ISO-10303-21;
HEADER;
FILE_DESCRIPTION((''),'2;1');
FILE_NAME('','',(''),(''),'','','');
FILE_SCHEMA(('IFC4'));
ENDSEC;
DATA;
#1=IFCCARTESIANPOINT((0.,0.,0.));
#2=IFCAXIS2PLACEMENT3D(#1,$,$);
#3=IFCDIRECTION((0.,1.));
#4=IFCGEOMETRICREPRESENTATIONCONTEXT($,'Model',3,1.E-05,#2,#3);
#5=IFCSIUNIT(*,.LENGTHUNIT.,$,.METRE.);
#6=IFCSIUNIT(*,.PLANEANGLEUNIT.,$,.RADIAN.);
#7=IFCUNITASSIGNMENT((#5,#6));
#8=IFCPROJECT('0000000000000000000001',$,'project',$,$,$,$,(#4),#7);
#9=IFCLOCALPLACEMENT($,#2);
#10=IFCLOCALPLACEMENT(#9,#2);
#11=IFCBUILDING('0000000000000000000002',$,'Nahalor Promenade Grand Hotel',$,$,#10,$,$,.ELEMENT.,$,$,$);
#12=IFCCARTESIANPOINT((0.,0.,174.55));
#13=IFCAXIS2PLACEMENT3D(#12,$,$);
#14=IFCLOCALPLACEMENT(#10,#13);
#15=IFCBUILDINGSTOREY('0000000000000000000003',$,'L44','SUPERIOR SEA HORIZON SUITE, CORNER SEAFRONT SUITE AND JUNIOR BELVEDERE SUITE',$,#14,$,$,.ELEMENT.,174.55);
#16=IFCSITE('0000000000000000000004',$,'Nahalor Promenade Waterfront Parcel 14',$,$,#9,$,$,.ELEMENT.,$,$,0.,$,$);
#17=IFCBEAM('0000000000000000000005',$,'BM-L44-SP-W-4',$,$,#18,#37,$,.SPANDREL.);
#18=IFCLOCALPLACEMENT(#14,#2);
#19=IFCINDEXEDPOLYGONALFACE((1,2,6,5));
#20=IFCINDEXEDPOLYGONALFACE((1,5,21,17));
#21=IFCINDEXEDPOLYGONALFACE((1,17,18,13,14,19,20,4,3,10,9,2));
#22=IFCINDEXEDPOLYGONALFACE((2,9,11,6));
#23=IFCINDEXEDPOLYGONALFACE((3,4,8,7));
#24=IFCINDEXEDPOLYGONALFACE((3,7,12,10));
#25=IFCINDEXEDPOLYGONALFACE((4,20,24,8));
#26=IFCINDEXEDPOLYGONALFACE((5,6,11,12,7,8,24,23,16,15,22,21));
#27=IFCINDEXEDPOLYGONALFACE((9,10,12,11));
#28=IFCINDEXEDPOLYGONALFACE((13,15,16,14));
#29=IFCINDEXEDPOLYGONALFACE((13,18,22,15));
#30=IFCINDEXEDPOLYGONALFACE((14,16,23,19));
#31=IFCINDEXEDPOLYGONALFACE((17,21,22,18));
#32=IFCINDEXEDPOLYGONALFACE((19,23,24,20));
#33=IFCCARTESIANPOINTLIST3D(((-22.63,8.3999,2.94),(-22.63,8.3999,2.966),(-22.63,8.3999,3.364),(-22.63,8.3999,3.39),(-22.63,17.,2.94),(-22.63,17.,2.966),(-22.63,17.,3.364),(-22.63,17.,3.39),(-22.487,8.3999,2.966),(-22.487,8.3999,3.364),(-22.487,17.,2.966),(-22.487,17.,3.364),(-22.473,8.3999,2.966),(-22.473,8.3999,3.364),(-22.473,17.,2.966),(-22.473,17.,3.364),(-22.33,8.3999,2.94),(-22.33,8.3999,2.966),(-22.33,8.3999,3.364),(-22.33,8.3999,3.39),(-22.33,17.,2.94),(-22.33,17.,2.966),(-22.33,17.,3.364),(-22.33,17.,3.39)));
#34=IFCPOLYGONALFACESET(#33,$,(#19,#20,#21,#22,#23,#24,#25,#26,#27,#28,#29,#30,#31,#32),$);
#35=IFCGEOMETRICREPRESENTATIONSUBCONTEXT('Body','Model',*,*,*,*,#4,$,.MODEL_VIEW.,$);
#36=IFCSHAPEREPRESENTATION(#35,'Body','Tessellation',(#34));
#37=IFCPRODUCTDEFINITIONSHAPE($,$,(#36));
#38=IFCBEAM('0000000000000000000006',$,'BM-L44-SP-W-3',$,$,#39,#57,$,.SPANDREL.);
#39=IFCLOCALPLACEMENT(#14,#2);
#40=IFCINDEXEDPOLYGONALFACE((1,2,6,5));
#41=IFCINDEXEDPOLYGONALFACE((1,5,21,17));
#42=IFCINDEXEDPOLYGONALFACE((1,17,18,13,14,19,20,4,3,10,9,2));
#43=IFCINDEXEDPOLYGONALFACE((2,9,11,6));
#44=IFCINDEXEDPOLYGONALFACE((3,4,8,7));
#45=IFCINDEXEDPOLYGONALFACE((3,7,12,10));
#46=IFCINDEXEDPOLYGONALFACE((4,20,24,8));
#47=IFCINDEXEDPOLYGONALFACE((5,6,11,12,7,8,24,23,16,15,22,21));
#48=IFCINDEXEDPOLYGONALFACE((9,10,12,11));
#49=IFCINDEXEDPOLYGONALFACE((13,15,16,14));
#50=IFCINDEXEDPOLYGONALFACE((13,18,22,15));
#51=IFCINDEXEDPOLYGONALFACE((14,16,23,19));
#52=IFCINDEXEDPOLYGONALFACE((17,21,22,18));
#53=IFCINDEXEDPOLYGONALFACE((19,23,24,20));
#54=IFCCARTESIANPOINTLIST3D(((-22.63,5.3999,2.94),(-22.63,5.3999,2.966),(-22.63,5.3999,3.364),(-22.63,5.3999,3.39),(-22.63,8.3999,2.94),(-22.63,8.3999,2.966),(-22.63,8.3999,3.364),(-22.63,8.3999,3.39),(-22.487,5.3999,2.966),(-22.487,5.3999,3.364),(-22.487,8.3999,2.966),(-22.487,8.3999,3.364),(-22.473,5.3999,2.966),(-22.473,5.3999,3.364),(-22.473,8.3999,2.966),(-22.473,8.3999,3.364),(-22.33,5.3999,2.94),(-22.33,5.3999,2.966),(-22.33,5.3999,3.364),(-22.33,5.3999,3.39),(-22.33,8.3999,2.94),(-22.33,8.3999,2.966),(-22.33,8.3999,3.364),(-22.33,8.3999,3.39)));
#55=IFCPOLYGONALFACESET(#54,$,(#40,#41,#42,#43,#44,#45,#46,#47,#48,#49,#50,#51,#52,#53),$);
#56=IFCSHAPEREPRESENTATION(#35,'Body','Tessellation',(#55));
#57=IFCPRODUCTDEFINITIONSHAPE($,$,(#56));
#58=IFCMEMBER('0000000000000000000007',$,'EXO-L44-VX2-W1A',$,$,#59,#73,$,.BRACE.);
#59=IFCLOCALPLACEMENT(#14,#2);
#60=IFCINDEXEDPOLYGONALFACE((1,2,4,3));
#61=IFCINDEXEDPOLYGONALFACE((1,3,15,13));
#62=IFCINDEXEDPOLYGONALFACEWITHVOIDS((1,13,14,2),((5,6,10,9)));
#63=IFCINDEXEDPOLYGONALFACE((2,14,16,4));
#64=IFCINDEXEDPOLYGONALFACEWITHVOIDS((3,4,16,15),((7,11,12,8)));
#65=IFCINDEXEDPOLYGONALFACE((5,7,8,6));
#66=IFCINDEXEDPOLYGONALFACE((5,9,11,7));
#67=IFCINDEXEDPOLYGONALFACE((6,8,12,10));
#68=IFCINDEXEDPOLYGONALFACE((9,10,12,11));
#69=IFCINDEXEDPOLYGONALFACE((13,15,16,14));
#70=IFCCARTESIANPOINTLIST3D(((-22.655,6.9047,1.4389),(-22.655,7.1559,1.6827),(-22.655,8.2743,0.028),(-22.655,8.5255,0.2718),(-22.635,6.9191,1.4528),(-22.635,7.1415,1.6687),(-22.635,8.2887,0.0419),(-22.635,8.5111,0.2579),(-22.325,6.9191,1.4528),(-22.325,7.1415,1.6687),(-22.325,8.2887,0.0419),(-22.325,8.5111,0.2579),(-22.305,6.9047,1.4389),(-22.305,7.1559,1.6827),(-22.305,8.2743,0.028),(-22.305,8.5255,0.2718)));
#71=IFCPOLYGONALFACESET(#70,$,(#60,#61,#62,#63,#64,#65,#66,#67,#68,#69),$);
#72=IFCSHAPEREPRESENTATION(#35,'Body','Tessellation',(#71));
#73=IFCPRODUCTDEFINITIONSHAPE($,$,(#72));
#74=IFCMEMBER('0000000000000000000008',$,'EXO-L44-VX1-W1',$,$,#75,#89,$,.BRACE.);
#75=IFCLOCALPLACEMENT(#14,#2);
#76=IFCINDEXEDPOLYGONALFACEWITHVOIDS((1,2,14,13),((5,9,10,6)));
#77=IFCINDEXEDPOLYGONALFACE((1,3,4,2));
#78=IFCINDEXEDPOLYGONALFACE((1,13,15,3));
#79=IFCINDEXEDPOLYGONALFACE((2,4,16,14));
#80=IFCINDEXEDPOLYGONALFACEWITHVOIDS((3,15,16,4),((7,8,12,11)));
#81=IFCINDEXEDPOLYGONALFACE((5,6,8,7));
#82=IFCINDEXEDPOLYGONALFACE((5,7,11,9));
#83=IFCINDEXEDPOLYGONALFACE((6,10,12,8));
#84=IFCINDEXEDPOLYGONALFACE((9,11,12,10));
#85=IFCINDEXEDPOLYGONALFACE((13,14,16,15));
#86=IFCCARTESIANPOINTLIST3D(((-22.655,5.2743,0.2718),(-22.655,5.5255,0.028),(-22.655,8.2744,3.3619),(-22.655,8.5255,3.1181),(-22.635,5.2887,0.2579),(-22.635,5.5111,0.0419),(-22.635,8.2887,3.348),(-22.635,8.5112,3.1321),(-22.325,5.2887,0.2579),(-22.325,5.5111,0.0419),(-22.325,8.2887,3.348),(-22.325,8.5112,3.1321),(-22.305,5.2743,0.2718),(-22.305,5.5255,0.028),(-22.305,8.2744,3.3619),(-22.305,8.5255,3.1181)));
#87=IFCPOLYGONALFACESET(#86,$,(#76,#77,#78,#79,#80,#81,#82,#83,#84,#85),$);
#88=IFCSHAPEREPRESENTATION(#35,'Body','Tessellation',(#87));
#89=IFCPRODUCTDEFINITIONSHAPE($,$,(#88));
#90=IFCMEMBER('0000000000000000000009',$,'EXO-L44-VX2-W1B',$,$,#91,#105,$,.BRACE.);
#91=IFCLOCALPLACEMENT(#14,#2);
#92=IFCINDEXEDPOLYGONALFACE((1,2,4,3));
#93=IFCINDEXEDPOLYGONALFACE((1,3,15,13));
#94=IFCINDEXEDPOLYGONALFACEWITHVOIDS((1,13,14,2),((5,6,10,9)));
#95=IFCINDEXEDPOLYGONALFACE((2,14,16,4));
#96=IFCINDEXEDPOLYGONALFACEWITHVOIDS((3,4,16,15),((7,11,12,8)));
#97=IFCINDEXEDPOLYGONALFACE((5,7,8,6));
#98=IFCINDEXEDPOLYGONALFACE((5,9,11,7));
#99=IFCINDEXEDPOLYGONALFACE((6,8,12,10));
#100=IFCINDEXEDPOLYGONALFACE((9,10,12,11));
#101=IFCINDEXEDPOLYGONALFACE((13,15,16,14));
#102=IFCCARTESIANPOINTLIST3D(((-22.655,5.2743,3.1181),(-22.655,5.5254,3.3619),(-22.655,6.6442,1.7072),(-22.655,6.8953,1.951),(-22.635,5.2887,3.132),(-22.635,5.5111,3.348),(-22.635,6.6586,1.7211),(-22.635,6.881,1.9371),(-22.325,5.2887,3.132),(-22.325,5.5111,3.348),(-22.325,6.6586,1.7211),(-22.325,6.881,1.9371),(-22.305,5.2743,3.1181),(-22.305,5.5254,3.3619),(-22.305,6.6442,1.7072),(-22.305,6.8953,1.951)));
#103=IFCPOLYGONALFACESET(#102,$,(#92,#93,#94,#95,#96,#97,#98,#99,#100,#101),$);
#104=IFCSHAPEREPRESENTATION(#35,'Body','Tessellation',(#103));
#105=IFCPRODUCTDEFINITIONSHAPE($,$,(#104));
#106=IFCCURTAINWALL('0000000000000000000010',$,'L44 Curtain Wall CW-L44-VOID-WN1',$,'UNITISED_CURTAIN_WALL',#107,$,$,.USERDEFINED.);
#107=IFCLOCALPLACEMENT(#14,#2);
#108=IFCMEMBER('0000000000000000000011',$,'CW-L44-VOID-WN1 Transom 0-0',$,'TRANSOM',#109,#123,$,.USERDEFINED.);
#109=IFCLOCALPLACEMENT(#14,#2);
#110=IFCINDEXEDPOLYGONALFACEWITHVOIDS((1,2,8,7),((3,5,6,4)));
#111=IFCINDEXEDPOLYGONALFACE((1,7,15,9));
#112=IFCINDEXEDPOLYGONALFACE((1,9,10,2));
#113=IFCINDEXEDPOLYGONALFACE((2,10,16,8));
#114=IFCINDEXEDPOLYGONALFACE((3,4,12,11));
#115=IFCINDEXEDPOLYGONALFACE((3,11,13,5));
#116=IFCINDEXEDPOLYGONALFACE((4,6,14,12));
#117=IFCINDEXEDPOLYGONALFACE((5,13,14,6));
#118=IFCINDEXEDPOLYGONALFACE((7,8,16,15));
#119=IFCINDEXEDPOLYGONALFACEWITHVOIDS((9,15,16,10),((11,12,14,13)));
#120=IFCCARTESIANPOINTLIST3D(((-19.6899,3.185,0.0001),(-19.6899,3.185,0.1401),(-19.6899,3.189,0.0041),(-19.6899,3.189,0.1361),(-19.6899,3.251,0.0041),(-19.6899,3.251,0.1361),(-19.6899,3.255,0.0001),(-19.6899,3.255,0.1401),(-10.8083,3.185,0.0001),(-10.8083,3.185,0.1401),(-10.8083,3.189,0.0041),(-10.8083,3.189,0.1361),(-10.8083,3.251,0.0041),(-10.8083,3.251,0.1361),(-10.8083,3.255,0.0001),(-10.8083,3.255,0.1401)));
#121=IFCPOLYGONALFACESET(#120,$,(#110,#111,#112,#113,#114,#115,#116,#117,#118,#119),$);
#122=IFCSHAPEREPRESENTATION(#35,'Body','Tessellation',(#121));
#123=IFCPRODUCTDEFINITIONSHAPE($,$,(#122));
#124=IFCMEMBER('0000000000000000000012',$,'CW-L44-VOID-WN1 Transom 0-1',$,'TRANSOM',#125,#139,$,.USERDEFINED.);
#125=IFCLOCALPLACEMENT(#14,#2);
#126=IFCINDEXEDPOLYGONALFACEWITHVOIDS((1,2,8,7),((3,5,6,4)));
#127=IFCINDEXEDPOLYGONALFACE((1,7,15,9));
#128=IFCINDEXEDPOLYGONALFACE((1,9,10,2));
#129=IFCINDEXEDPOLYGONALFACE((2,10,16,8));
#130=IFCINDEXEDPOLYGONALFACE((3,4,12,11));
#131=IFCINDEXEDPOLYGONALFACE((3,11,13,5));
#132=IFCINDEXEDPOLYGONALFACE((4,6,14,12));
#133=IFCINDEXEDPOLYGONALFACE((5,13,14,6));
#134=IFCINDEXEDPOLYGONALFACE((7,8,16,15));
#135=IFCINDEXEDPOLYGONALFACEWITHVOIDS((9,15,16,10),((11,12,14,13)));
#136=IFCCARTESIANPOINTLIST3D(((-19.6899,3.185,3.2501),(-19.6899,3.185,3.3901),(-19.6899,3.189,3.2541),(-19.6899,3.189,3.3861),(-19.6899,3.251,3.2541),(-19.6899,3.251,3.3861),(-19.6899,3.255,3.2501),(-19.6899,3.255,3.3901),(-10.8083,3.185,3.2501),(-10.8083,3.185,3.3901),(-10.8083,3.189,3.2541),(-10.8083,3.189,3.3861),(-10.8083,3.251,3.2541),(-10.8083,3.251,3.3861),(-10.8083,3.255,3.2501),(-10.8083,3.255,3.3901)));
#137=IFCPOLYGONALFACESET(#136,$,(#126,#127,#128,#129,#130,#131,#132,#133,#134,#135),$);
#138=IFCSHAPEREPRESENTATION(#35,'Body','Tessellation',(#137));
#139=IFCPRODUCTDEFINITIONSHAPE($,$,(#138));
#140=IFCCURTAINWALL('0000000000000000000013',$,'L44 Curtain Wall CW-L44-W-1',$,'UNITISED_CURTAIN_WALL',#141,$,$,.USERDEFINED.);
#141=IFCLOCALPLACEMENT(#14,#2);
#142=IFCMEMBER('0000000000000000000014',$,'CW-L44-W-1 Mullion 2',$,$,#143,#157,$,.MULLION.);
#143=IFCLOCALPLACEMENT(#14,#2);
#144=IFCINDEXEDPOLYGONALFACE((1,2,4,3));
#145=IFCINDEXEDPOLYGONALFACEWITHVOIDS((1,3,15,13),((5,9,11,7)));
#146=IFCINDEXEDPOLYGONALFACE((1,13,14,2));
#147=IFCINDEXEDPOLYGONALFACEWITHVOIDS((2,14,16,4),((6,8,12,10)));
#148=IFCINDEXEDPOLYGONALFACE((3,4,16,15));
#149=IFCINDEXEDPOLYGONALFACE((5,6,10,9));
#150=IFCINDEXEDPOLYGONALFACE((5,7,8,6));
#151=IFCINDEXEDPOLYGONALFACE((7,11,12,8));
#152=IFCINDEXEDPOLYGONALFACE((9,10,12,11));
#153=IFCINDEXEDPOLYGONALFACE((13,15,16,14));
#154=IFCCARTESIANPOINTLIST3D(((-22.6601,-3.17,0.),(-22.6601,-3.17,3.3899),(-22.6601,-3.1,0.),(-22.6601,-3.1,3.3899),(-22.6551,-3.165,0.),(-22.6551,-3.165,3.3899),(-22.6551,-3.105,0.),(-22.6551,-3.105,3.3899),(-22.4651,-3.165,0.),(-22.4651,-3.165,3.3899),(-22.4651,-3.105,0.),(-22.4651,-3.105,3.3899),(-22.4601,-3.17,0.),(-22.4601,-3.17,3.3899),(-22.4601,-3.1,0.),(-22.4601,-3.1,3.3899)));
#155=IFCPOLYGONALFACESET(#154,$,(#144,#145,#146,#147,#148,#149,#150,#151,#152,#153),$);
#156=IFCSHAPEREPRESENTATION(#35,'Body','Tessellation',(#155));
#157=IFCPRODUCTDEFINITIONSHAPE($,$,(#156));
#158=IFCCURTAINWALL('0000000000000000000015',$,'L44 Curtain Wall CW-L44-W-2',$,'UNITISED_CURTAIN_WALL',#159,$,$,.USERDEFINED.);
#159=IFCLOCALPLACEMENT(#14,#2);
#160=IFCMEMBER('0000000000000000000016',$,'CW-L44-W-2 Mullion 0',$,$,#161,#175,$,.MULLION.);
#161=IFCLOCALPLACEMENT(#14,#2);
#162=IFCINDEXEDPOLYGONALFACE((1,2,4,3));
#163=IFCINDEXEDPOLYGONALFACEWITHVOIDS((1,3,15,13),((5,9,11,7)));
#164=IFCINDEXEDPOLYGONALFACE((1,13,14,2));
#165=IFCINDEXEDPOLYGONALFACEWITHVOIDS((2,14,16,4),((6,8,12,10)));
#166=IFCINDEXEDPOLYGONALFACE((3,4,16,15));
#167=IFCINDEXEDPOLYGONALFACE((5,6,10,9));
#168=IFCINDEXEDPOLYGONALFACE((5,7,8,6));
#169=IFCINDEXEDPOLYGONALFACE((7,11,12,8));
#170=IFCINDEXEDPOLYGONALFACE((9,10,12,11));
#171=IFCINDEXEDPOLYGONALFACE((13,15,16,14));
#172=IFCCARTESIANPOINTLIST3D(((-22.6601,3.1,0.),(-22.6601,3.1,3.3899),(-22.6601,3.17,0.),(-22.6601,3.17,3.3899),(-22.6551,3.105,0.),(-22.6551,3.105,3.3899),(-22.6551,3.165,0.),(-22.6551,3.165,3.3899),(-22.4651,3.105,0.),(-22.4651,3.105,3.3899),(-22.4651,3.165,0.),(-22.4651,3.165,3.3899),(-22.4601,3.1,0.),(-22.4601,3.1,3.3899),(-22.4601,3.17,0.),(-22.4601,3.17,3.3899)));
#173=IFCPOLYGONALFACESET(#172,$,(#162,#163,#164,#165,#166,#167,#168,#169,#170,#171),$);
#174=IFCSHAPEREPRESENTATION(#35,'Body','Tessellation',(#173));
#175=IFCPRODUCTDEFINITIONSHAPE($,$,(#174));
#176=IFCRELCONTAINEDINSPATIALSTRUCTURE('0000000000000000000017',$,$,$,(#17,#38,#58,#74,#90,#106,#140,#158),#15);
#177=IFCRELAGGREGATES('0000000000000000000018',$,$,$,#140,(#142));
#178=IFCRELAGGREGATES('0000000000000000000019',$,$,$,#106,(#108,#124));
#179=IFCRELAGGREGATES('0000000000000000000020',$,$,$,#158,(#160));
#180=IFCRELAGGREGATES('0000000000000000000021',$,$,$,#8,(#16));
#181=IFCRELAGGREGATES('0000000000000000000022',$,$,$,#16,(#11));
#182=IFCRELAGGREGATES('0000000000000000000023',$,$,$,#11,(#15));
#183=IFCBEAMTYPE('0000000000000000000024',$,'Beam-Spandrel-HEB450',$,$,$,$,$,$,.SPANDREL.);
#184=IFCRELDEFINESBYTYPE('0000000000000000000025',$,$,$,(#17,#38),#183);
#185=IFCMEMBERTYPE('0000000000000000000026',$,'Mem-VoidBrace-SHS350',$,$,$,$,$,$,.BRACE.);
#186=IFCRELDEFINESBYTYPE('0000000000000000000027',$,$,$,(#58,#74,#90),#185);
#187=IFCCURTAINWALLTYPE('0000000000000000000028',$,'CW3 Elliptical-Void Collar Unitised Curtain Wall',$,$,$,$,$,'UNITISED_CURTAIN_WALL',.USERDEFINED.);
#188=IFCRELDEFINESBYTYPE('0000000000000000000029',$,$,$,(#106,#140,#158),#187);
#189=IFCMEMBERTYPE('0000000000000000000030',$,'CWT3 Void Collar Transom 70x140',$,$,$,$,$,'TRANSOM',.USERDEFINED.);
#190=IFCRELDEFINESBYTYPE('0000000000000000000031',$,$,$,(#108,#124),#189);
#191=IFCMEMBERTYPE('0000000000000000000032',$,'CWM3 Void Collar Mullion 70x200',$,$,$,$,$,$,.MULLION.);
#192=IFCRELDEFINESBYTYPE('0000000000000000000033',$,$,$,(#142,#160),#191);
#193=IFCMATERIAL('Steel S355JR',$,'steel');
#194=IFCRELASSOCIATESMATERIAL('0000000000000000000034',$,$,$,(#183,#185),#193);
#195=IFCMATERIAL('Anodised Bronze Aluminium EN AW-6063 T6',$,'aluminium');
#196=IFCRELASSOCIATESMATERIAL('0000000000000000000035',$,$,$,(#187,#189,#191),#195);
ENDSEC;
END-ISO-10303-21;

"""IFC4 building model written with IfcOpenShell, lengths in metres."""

from ifc_helpers import new_model, si_unit, direction, frame, origin, origin_2d, place, context, subcontext, project, spatial, hollow_rectangle, i_section, extrude, source, transform, mapped, material, material_profile, profile_set, type_object, element, aggregate, save


model = new_model("IFC4")

# Units and contexts
model_context = context("Model", 3, precision=1e-05, world=origin(), true_north=direction((0.0, 1.0)))
body_context = subcontext(model_context, "Body", "Model", "MODEL_VIEW")
ifc_project = project(units=[si_unit("LENGTHUNIT", "METRE"), si_unit("PLANEANGLEUNIT", "RADIAN")], contexts=[model_context])

# Site, building, storey
site_placement = place(None, origin())
site = spatial("IfcSite", under=ifc_project, at=site_placement, Name="Nahalor Promenade Waterfront Parcel 14", CompositionType="ELEMENT", RefElevation=0.0)
building_placement = place(site_placement, origin())
building = spatial("IfcBuilding", under=site, at=building_placement, Name="Nahalor Promenade Grand Hotel", CompositionType="ELEMENT")
storey_placement = place(building_placement, frame((0.0, 0.0, 174.55)))
storey = spatial("IfcBuildingStorey", under=building, at=storey_placement, Name="L44", Description="SUPERIOR SEA HORIZON SUITE, CORNER SEAFRONT SUITE AND JUNIOR BELVEDERE SUITE", CompositionType="ELEMENT", Elevation=174.55)

# Beams
ifc_material_1 = material(Name="Steel S355JR", Category="steel")
ifc_material_profile_1 = material_profile(ifc_material_1, i_section(OverallWidth=0.3, OverallDepth=0.45, WebThickness=0.014, FlangeThickness=0.026, at=origin_2d()), Name="HEB 450")
ifc_profile_set_1 = profile_set([ifc_material_profile_1], Name="Steel S355JR")
beam_type_1 = type_object("IfcBeamType", Name="Beam-Spandrel-HEB450", PredefinedType="SPANDREL", material=ifc_profile_set_1)
shared_shape_1 = source(origin(), body_context, "Body", "SweptSolid", [
    extrude(i_section(OverallWidth=0.3, OverallDepth=0.45, WebThickness=0.014, FlangeThickness=0.026, at=origin_2d()), origin(), (0.0, 0.0, 1.0), 8.6001),
])
beam_1_placement = place(storey_placement, frame((-22.48, 8.3999, 3.165), z_axis=(0.0, 1.0, 0.0), x_axis=(-1.0, 0.0, 0.0)))
element("IfcBeam", 1, at=beam_1_placement, inside=storey, type_object=beam_type_1, Name="BM-L44-SP-W-4", PredefinedType="SPANDREL", context=body_context, shape_type="MappedRepresentation", body=[
    mapped(shared_shape_1, transform((0.0, 0.0, 0.0), scale=1.0)),
])
shared_shape_2 = source(origin(), body_context, "Body", "SweptSolid", [
    extrude(i_section(OverallWidth=0.3, OverallDepth=0.45, WebThickness=0.014, FlangeThickness=0.026, at=origin_2d()), origin(), (0.0, 0.0, 1.0), 3.0),
])
beam_2_placement = place(storey_placement, frame((-22.48, 5.3999, 3.165), z_axis=(0.0, 1.0, 0.0), x_axis=(-1.0, 0.0, 0.0)))
element("IfcBeam", 2, at=beam_2_placement, inside=storey, type_object=beam_type_1, Name="BM-L44-SP-W-3", PredefinedType="SPANDREL", context=body_context, shape_type="MappedRepresentation", body=[
    mapped(shared_shape_2, transform((0.0, 0.0, 0.0), scale=1.0)),
])

# Members
ifc_material_profile_2 = material_profile(ifc_material_1, hollow_rectangle(XDim=0.35, YDim=0.35, WallThickness=0.02, at=origin_2d()), Name="SHS 350x350x20")
ifc_profile_set_2 = profile_set([ifc_material_profile_2], Name="Steel S355JR")
member_type_1 = type_object("IfcMemberType", Name="Mem-VoidBrace-SHS350", PredefinedType="BRACE", material=ifc_profile_set_2)
shared_shape_3 = source(origin(), body_context, "Body", "SweptSolid", [
    extrude(hollow_rectangle(XDim=0.35, YDim=0.35, WallThickness=0.02, at=origin_2d()), origin(), (0.0, 0.0, 1.0), 1.9663),
])
member_1_placement = place(storey_placement, frame((-22.48, 8.3999, 0.1499), z_axis=(0.0, -0.696537, 0.71752), x_axis=(1.0, 0.0, 0.0)))
element("IfcMember", 3, at=member_1_placement, inside=storey, type_object=member_type_1, Name="EXO-L44-VX2-W1A", PredefinedType="BRACE", context=body_context, shape_type="MappedRepresentation", body=[
    mapped(shared_shape_3, transform((0.0, 0.0, 0.0), scale=1.0)),
])
shared_shape_4 = source(origin(), body_context, "Body", "SweptSolid", [
    extrude(hollow_rectangle(XDim=0.35, YDim=0.35, WallThickness=0.02, at=origin_2d()), origin(), (0.0, 0.0, 1.0), 4.3069),
])
member_2_placement = place(storey_placement, frame((-22.48, 5.3999, 0.1499), z_axis=(0.0, 0.696571, 0.717488), x_axis=(-1.0, 0.0, 0.0)))
element("IfcMember", 4, at=member_2_placement, inside=storey, type_object=member_type_1, Name="EXO-L44-VX1-W1", PredefinedType="BRACE", context=body_context, shape_type="MappedRepresentation", body=[
    mapped(shared_shape_4, transform((0.0, 0.0, 0.0), scale=1.0)),
])
shared_shape_5 = source(origin(), body_context, "Body", "SweptSolid", [
    extrude(hollow_rectangle(XDim=0.35, YDim=0.35, WallThickness=0.02, at=origin_2d()), origin(), (0.0, 0.0, 1.0), 1.9666),
])
member_3_placement = place(storey_placement, frame((-22.48, 6.7698, 1.8291), z_axis=(0.0, -0.696601, 0.717458), x_axis=(1.0, 0.0, 0.0)))
element("IfcMember", 5, at=member_3_placement, inside=storey, type_object=member_type_1, Name="EXO-L44-VX2-W1B", PredefinedType="BRACE", context=body_context, shape_type="MappedRepresentation", body=[
    mapped(shared_shape_5, transform((0.0, 0.0, 0.0), scale=1.0)),
])

# Curtain wall, members
ifc_material_2 = material(Name="Anodised Bronze Aluminium EN AW-6063 T6", Category="aluminium")
curtain_wall_type = type_object("IfcCurtainWallType", Name="CW3 Elliptical-Void Collar Unitised Curtain Wall", ElementType="UNITISED_CURTAIN_WALL", PredefinedType="USERDEFINED", material=ifc_material_2)
curtain_wall_1_placement = place(storey_placement, origin())
curtain_wall_1 = element("IfcCurtainWall", 6, at=curtain_wall_1_placement, inside=storey, type_object=curtain_wall_type, Name="L44 Curtain Wall CW-L44-VOID-WN1", ObjectType="UNITISED_CURTAIN_WALL", PredefinedType="USERDEFINED")
ifc_material_profile_3 = material_profile(ifc_material_2, hollow_rectangle(XDim=0.07, YDim=0.14, WallThickness=0.004, at=origin_2d()), Name="CWT 70x140x4")
ifc_profile_set_3 = profile_set([ifc_material_profile_3], Name="Anodised Bronze Aluminium EN AW-6063 T6")
member_type_2 = type_object("IfcMemberType", Name="CWT3 Void Collar Transom 70x140", ElementType="TRANSOM", PredefinedType="USERDEFINED", material=ifc_profile_set_3)
shared_shape_6 = source(origin(), body_context, "Body", "SweptSolid", [
    extrude(hollow_rectangle(XDim=0.07, YDim=0.14, WallThickness=0.004, at=origin_2d()), origin(), (0.0, 0.0, 1.0), 8.8816),
])
member_4_placement = place(storey_placement, frame((-19.6899, 3.22, 0.0701), z_axis=(1.0, 0.0, 0.0), x_axis=(0.0, 1.0, 0.0)))
member_4 = element("IfcMember", 7, at=member_4_placement, type_object=member_type_2, Name="CW-L44-VOID-WN1 Transom 0-0", ObjectType="TRANSOM", PredefinedType="USERDEFINED", context=body_context, shape_type="MappedRepresentation", body=[
    mapped(shared_shape_6, transform((0.0, 0.0, 0.0), scale=1.0)),
])
member_5_placement = place(storey_placement, frame((-19.6899, 3.22, 3.3201), z_axis=(1.0, 0.0, 0.0), x_axis=(0.0, 1.0, 0.0)))
member_5 = element("IfcMember", 8, at=member_5_placement, type_object=member_type_2, Name="CW-L44-VOID-WN1 Transom 0-1", ObjectType="TRANSOM", PredefinedType="USERDEFINED", context=body_context, shape_type="MappedRepresentation", body=[
    mapped(shared_shape_6, transform((0.0, 0.0, 0.0), scale=1.0)),
])

# Curtain wall, member
curtain_wall_2_placement = place(storey_placement, origin())
curtain_wall_2 = element("IfcCurtainWall", 9, at=curtain_wall_2_placement, inside=storey, type_object=curtain_wall_type, Name="L44 Curtain Wall CW-L44-W-1", ObjectType="UNITISED_CURTAIN_WALL", PredefinedType="USERDEFINED")
ifc_material_profile_4 = material_profile(ifc_material_2, hollow_rectangle(XDim=0.07, YDim=0.2, WallThickness=0.005, at=origin_2d()), Name="CWM 70x200x5")
ifc_profile_set_4 = profile_set([ifc_material_profile_4], Name="Anodised Bronze Aluminium EN AW-6063 T6")
member_type_3 = type_object("IfcMemberType", Name="CWM3 Void Collar Mullion 70x200", PredefinedType="MULLION", material=ifc_profile_set_4)
shared_shape_7 = source(origin(), body_context, "Body", "SweptSolid", [
    extrude(hollow_rectangle(XDim=0.07, YDim=0.2, WallThickness=0.005, at=origin_2d()), origin(), (0.0, 0.0, 1.0), 3.3899),
])
member_6_placement = place(storey_placement, frame((-22.5601, -3.135, 0.0), z_axis=(0.0, 0.0, 1.0), x_axis=(0.0, 1.0, 0.0)))
member_6 = element("IfcMember", 10, at=member_6_placement, type_object=member_type_3, Name="CW-L44-W-1 Mullion 2", PredefinedType="MULLION", context=body_context, shape_type="MappedRepresentation", body=[
    mapped(shared_shape_7, transform((0.0, 0.0, 0.0), scale=1.0)),
])
aggregate(curtain_wall_2, [member_6])

# Curtain wall, member
curtain_wall_3_placement = place(storey_placement, origin())
curtain_wall_3 = element("IfcCurtainWall", 11, at=curtain_wall_3_placement, inside=storey, type_object=curtain_wall_type, Name="L44 Curtain Wall CW-L44-W-2", ObjectType="UNITISED_CURTAIN_WALL", PredefinedType="USERDEFINED")
member_7_placement = place(storey_placement, frame((-22.5601, 3.135, 0.0), z_axis=(0.0, 0.0, 1.0), x_axis=(0.0, 1.0, 0.0)))
member_7 = element("IfcMember", 12, at=member_7_placement, type_object=member_type_3, Name="CW-L44-W-2 Mullion 0", PredefinedType="MULLION", context=body_context, shape_type="MappedRepresentation", body=[
    mapped(shared_shape_7, transform((0.0, 0.0, 0.0), scale=1.0)),
])

aggregate(curtain_wall_1, [member_4, member_5])

aggregate(curtain_wall_3, [member_7])

save(model, "model.ifc")
